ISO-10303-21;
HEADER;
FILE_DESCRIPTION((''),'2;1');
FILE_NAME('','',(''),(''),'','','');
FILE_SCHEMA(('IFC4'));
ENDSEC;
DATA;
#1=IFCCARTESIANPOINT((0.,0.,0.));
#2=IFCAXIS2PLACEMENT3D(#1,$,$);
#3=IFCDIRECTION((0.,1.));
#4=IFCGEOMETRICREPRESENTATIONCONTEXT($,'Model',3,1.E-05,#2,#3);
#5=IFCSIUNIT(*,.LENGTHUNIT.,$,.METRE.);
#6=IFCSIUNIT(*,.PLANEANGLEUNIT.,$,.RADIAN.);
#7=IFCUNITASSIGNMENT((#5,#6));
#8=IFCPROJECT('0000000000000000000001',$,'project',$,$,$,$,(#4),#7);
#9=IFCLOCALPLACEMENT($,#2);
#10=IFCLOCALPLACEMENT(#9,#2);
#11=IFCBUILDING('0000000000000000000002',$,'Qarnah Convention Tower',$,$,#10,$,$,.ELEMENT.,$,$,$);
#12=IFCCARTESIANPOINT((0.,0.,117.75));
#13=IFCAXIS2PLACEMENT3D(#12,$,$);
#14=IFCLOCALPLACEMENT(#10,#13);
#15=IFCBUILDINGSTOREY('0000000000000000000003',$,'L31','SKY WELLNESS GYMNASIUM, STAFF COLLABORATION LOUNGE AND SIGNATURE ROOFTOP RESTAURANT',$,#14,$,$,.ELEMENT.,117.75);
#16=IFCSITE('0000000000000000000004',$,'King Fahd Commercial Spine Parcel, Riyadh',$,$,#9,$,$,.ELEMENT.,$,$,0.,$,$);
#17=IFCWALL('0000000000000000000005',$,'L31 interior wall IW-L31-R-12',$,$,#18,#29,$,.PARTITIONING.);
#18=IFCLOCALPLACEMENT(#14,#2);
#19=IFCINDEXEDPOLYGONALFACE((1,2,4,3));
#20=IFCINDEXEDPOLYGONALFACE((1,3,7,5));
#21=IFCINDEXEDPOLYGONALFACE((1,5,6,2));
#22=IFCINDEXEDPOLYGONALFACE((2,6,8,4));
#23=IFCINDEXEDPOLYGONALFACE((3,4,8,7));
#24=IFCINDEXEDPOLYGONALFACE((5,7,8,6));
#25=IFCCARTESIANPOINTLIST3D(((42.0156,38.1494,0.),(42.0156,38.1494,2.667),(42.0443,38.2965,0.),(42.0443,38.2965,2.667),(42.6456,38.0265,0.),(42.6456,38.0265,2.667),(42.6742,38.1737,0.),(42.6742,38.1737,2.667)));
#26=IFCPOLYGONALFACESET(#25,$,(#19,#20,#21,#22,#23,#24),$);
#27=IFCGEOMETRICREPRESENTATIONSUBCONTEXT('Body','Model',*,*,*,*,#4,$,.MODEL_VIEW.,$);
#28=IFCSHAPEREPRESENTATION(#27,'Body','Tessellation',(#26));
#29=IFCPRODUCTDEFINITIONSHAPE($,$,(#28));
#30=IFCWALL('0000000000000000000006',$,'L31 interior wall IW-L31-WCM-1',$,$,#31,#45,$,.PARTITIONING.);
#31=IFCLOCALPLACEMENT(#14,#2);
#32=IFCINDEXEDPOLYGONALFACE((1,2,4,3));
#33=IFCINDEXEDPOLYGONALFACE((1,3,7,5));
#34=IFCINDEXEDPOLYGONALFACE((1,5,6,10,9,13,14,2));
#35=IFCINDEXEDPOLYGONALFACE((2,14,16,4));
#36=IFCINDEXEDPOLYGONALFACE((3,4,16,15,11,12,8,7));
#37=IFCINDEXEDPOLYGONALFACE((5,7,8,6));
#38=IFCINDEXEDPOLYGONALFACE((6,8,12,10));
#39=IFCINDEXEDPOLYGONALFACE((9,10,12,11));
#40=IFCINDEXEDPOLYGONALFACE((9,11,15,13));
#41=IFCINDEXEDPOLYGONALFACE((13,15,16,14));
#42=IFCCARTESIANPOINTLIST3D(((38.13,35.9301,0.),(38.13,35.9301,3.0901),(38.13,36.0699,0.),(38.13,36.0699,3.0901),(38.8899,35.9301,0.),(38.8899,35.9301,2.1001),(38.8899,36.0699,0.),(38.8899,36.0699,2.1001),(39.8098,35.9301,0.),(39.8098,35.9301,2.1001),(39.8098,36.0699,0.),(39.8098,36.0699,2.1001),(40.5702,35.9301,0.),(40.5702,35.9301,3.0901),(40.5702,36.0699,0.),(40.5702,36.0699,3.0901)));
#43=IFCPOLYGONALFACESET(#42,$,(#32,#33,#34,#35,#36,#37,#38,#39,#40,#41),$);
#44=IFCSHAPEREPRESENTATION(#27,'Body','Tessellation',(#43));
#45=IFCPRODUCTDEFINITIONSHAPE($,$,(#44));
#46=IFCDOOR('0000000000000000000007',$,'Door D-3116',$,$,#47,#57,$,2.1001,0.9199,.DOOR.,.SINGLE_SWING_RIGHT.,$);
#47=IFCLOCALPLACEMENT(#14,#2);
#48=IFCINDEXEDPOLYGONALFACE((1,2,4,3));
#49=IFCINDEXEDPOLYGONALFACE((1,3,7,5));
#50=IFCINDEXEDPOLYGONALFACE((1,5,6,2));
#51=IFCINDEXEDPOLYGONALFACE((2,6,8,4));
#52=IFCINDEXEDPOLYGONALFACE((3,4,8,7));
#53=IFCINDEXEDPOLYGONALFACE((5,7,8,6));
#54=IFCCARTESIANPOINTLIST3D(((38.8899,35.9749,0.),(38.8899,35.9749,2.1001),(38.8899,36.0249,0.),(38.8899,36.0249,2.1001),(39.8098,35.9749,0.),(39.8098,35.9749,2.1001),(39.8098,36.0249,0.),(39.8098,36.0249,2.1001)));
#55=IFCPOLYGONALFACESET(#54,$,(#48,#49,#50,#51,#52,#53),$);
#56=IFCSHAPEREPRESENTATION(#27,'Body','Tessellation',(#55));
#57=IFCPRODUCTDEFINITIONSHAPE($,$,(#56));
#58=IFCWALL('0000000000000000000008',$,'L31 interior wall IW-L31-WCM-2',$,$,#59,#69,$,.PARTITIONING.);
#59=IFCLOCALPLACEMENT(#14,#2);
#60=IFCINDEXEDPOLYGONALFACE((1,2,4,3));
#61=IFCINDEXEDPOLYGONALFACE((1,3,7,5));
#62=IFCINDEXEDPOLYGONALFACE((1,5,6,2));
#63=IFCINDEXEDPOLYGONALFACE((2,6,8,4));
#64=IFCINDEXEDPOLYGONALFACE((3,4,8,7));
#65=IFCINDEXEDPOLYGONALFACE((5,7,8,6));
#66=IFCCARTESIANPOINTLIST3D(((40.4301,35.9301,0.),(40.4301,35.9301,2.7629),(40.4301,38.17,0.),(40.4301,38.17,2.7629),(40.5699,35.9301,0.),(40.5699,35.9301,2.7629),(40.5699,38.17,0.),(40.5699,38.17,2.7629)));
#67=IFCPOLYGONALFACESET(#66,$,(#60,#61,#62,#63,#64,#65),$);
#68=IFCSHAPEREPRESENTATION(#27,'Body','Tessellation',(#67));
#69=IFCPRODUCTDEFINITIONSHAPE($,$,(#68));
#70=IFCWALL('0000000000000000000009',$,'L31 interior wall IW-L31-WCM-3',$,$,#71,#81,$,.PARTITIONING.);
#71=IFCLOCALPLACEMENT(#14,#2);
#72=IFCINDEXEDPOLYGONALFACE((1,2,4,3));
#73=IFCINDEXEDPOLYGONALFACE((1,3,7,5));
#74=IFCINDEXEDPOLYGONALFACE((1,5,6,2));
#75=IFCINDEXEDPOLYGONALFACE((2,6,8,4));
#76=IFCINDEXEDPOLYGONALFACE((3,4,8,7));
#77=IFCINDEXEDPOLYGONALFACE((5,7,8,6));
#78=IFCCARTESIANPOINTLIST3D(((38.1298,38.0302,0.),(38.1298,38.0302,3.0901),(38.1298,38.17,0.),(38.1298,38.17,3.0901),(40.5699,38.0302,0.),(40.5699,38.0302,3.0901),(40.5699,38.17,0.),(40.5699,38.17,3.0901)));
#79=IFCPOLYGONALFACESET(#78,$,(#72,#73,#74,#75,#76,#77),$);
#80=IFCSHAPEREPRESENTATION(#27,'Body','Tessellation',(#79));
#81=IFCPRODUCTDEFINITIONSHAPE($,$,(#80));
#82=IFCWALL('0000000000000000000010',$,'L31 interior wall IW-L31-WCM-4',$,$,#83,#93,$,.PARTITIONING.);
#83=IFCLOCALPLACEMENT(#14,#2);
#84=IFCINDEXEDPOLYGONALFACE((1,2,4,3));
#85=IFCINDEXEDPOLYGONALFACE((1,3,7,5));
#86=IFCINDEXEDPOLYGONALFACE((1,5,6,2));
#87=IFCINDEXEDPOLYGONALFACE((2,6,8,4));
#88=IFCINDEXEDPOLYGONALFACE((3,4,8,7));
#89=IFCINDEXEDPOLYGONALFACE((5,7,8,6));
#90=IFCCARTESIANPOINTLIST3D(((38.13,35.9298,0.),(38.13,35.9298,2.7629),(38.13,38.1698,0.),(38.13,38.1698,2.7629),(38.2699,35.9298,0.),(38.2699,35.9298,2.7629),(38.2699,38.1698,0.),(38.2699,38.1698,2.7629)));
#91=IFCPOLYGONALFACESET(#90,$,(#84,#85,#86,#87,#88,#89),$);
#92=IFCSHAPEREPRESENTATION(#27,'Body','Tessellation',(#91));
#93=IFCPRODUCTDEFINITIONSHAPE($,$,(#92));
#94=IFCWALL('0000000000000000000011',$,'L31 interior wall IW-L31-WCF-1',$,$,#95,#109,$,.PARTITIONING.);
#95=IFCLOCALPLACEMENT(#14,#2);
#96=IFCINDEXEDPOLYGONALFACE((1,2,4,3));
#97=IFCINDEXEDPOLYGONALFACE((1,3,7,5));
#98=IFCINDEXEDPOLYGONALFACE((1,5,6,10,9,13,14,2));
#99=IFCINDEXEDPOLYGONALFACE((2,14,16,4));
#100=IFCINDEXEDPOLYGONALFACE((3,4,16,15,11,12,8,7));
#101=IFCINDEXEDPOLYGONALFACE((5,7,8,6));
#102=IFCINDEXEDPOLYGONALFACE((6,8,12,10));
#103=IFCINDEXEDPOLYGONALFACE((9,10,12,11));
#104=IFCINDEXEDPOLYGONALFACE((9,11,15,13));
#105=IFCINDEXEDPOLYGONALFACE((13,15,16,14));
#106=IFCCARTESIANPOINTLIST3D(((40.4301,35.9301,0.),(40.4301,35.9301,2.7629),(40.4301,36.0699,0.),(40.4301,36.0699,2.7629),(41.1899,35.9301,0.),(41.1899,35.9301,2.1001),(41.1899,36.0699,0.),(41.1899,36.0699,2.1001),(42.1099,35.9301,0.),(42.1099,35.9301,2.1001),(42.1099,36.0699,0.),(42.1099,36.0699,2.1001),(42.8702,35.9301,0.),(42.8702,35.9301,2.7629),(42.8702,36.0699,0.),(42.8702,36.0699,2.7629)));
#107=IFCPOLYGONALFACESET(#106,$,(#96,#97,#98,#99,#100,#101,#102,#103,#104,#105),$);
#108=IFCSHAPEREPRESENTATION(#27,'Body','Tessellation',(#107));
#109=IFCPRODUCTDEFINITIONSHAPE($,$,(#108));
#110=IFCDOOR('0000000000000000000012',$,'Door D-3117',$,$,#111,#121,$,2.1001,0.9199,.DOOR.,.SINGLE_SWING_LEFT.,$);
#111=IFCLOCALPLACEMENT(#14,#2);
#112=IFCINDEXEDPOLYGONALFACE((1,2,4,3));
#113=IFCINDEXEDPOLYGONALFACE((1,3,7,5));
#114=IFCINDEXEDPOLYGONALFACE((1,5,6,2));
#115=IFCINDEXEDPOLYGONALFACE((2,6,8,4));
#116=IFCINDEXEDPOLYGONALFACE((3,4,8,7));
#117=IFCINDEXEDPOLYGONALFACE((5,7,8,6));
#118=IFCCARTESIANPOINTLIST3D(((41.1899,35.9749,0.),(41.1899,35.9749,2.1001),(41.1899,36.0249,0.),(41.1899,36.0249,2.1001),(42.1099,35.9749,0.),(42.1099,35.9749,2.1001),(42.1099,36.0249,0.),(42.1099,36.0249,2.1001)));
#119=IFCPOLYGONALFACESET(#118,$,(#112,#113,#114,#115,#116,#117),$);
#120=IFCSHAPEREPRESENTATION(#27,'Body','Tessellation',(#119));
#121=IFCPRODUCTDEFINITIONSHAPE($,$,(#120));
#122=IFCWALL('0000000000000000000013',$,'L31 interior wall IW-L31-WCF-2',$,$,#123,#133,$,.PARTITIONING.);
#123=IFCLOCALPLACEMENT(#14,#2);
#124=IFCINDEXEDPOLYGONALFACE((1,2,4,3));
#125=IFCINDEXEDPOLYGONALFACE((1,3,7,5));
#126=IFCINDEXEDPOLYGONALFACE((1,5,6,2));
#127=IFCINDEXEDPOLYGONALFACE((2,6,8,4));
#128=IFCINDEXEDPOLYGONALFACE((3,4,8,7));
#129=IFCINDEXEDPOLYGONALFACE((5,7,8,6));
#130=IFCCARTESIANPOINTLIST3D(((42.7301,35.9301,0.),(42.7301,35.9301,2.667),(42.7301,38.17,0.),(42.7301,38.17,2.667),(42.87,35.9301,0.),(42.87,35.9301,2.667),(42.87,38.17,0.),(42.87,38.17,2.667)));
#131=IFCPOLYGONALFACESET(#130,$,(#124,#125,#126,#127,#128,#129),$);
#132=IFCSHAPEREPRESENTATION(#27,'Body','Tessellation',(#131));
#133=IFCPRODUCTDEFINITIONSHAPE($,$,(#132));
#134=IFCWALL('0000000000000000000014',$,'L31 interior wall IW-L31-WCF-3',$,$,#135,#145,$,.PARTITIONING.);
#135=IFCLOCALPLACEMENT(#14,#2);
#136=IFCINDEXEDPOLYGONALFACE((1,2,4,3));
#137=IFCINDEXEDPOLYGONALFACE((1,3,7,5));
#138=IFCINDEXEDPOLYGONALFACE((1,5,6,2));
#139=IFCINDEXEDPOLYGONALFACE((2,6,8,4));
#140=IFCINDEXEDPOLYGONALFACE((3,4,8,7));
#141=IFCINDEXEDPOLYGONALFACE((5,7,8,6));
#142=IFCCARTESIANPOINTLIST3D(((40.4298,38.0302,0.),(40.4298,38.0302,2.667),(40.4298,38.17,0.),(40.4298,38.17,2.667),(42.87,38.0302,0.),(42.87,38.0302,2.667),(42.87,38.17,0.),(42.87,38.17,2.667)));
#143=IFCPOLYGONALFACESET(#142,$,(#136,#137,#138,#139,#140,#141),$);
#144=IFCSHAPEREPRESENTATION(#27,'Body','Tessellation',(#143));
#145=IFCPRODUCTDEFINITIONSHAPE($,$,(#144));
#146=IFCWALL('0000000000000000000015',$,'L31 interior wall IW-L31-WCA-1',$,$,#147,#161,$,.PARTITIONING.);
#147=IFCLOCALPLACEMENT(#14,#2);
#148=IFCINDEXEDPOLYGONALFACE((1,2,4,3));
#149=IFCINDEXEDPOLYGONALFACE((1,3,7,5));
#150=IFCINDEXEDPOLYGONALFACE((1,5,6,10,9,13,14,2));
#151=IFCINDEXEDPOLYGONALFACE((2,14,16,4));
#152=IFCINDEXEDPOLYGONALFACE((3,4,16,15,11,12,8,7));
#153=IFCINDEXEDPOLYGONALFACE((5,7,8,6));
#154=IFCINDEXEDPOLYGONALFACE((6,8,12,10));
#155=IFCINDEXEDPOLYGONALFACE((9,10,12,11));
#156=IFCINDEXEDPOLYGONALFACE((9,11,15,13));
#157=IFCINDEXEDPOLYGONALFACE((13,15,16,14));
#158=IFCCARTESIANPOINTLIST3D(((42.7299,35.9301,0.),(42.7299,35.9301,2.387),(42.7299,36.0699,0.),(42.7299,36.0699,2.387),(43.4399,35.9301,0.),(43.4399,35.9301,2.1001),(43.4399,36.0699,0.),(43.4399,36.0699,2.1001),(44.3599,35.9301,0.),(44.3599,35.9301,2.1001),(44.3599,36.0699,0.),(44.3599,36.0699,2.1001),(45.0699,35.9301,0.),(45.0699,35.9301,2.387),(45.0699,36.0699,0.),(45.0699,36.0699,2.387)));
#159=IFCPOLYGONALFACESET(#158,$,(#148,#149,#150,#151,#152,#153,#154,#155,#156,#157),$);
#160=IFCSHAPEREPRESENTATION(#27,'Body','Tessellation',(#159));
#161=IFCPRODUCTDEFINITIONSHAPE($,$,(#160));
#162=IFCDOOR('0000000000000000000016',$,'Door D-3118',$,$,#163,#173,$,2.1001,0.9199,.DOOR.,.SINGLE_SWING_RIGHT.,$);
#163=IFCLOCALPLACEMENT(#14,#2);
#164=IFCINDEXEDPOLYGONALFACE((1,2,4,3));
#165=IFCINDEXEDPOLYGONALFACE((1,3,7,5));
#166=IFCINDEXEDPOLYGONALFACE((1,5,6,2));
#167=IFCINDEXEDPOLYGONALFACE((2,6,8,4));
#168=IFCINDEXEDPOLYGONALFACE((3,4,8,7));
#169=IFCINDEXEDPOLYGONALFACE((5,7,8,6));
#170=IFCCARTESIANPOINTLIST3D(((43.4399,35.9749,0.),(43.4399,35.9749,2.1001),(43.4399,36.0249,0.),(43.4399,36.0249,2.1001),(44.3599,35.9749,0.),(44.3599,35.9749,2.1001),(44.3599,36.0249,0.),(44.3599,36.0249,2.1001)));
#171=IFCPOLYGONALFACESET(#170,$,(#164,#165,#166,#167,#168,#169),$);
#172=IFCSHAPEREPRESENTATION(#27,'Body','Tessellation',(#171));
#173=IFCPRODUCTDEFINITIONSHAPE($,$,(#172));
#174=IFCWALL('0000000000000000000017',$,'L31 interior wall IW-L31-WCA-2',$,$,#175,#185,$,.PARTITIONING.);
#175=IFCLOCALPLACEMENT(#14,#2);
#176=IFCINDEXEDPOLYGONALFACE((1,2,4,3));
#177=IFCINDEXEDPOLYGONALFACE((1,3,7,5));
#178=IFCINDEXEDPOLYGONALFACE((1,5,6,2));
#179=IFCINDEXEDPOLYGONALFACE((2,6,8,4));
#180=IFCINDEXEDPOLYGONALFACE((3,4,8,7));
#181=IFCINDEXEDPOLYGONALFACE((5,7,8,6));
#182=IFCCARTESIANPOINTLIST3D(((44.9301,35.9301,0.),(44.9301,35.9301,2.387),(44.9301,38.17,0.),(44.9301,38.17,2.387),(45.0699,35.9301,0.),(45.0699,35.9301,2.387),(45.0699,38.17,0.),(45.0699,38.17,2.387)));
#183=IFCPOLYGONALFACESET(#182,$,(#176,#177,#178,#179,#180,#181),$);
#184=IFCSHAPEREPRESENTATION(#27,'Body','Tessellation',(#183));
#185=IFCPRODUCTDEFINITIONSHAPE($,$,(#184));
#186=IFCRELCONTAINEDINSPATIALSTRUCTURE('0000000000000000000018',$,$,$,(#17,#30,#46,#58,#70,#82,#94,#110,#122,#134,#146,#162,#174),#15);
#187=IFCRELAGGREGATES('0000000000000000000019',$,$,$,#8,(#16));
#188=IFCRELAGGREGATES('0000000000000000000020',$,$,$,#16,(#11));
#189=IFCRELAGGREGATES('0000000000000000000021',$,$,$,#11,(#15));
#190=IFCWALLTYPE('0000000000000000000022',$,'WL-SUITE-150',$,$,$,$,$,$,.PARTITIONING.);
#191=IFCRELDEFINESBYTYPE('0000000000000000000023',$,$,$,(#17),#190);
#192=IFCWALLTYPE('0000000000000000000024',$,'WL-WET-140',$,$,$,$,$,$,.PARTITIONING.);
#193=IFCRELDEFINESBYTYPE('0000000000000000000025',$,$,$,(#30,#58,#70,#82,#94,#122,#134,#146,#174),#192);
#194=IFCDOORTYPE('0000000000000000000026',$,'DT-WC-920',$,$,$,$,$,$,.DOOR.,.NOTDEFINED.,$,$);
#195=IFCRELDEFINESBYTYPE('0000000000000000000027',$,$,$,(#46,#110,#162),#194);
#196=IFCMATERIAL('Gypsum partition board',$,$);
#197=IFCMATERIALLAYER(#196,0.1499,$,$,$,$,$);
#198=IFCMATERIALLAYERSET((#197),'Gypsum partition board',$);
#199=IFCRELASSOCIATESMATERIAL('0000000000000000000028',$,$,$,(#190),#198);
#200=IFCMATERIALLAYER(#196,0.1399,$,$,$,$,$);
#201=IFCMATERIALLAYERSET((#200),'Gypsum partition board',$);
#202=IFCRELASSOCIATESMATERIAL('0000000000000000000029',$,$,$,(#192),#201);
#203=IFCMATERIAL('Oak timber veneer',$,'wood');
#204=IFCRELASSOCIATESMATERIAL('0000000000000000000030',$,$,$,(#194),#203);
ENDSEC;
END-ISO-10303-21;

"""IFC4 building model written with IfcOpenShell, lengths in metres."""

from ifc_helpers import new_model, si_unit, direction, frame, frame_2d, origin, place, context, subcontext, project, spatial, rectangle, extrude, material, layer, layer_set, type_object, element, fill, save


model = new_model("IFC4")

# Units and contexts
model_context = context("Model", 3, precision=1e-05, world=origin(), true_north=direction((0.0, 1.0)))
body_context = subcontext(model_context, "Body", "Model", "MODEL_VIEW")
ifc_project = project(units=[si_unit("LENGTHUNIT", "METRE"), si_unit("PLANEANGLEUNIT", "RADIAN")], contexts=[model_context])

# Site, building, storey
site_placement = place(None, origin())
site = spatial("IfcSite", under=ifc_project, at=site_placement, Name="King Fahd Commercial Spine Parcel, Riyadh", CompositionType="ELEMENT", RefElevation=0.0)
building_placement = place(site_placement, origin())
building = spatial("IfcBuilding", under=site, at=building_placement, Name="Qarnah Convention Tower", CompositionType="ELEMENT")
storey_placement = place(building_placement, frame((0.0, 0.0, 117.75)))
storey = spatial("IfcBuildingStorey", under=building, at=storey_placement, Name="L31", Description="SKY WELLNESS GYMNASIUM, STAFF COLLABORATION LOUNGE AND SIGNATURE ROOFTOP RESTAURANT", CompositionType="ELEMENT", Elevation=117.75)

# Wall
ifc_material_1 = material(Name="Gypsum partition board")
ifc_layer_1 = layer(ifc_material_1, 0.1499)
ifc_layer_set_1 = layer_set([ifc_layer_1], Name="Gypsum partition board")
wall_type_1 = type_object("IfcWallType", Name="WL-SUITE-150", PredefinedType="PARTITIONING", material=ifc_layer_set_1)
wall_1_placement = place(storey_placement, frame((42.03, 38.2229, 0.0), z_axis=(0.0, 0.0, 1.0), x_axis=(0.98152, -0.191358, 0.0)))
element("IfcWall", 1, at=wall_1_placement, inside=storey, type_object=wall_type_1, Name="L31 interior wall IW-L31-R-12", PredefinedType="PARTITIONING", context=body_context, shape_type="SweptSolid", body=[
    extrude(rectangle(XDim=0.6418, YDim=0.1499, at=frame_2d((0.3208, 0.0))), origin(), (0.0, 0.0, 1.0), 2.667),
])

# Wall, opening, door
ifc_layer_2 = layer(ifc_material_1, 0.1399)
ifc_layer_set_2 = layer_set([ifc_layer_2], Name="Gypsum partition board")
wall_type_2 = type_object("IfcWallType", Name="WL-WET-140", PredefinedType="PARTITIONING", material=ifc_layer_set_2)
wall_2_placement = place(storey_placement, frame((38.1299, 36.0, 0.0), z_axis=(0.0, 0.0, 1.0), x_axis=(1.0, 0.0, 0.0)))
wall_2 = element("IfcWall", 2, at=wall_2_placement, inside=storey, type_object=wall_type_2, Name="L31 interior wall IW-L31-WCM-1", PredefinedType="PARTITIONING", context=body_context, shape_type="SweptSolid", body=[
    extrude(rectangle(XDim=2.4402, YDim=0.1399, at=frame_2d((1.2202, 0.0))), origin(), (0.0, 0.0, 1.0), 3.0901),
])
opening_1_placement = place(wall_2_placement, frame((0.76, 0.0, 0.0)))
opening_1 = element("IfcOpeningElement", 3, at=opening_1_placement, cuts=wall_2, PredefinedType="OPENING", context=body_context, shape_type="SweptSolid", body=[
    extrude(rectangle(XDim=0.9199, YDim=2.1001, at=frame_2d((0.46, 1.05))), frame((0.0, 0.0798, 0.0), z_axis=(0.0, -1.0, 0.0), x_axis=(1.0, 0.0, 0.0)), (0.0, 0.0, 1.0), 0.1599),
])
ifc_material_2 = material(Name="Oak timber veneer", Category="wood")
door_type_1 = type_object("IfcDoorType", Name="DT-WC-920", OperationType="NOTDEFINED", PredefinedType="DOOR", material=ifc_material_2)
door_1_placement = place(opening_1_placement, origin())
door_1 = element("IfcDoor", 4, at=door_1_placement, inside=storey, type_object=door_type_1, Name="Door D-3116", OperationType="SINGLE_SWING_RIGHT", OverallHeight=2.1001, OverallWidth=0.9199, PredefinedType="DOOR", context=body_context, shape_type="SweptSolid", body=[
    extrude(rectangle(XDim=0.9199, YDim=2.1001, at=frame_2d((0.46, 1.05))), frame((0.0, 0.0249, 0.0), z_axis=(0.0, -1.0, 0.0), x_axis=(1.0, 0.0, 0.0)), (0.0, 0.0, 1.0), 0.05),
])
fill(opening_1, door_1)

# Walls
wall_3_placement = place(storey_placement, frame((40.5, 35.9299, 0.0), z_axis=(0.0, 0.0, 1.0), x_axis=(0.0, 1.0, 0.0)))
element("IfcWall", 5, at=wall_3_placement, inside=storey, type_object=wall_type_2, Name="L31 interior wall IW-L31-WCM-2", PredefinedType="PARTITIONING", context=body_context, shape_type="SweptSolid", body=[
    extrude(rectangle(XDim=2.24, YDim=0.1399, at=frame_2d((1.1201, 0.0))), origin(), (0.0, 0.0, 1.0), 2.7629),
])
wall_4_placement = place(storey_placement, frame((40.5701, 38.1001, 0.0), z_axis=(0.0, 0.0, 1.0), x_axis=(-1.0, 0.0, 0.0)))
element("IfcWall", 6, at=wall_4_placement, inside=storey, type_object=wall_type_2, Name="L31 interior wall IW-L31-WCM-3", PredefinedType="PARTITIONING", context=body_context, shape_type="SweptSolid", body=[
    extrude(rectangle(XDim=2.4402, YDim=0.1399, at=frame_2d((1.2202, 0.0))), origin(), (0.0, 0.0, 1.0), 3.0901),
])
wall_5_placement = place(storey_placement, frame((38.2, 38.1699, 0.0), z_axis=(0.0, 0.0, 1.0), x_axis=(0.0, -1.0, 0.0)))
element("IfcWall", 7, at=wall_5_placement, inside=storey, type_object=wall_type_2, Name="L31 interior wall IW-L31-WCM-4", PredefinedType="PARTITIONING", context=body_context, shape_type="SweptSolid", body=[
    extrude(rectangle(XDim=2.24, YDim=0.1399, at=frame_2d((1.1201, 0.0))), origin(), (0.0, 0.0, 1.0), 2.7629),
])

# Wall, opening, door
wall_6_placement = place(storey_placement, frame((40.4299, 36.0, 0.0), z_axis=(0.0, 0.0, 1.0), x_axis=(1.0, 0.0, 0.0)))
wall_6 = element("IfcWall", 8, at=wall_6_placement, inside=storey, type_object=wall_type_2, Name="L31 interior wall IW-L31-WCF-1", PredefinedType="PARTITIONING", context=body_context, shape_type="SweptSolid", body=[
    extrude(rectangle(XDim=2.4402, YDim=0.1399, at=frame_2d((1.2202, 0.0))), origin(), (0.0, 0.0, 1.0), 2.7629),
])
opening_2_placement = place(wall_6_placement, frame((0.76, 0.0, 0.0)))
opening_2 = element("IfcOpeningElement", 9, at=opening_2_placement, cuts=wall_6, PredefinedType="OPENING", context=body_context, shape_type="SweptSolid", body=[
    extrude(rectangle(XDim=0.9199, YDim=2.1001, at=frame_2d((0.46, 1.05))), frame((0.0, 0.0798, 0.0), z_axis=(0.0, -1.0, 0.0), x_axis=(1.0, 0.0, 0.0)), (0.0, 0.0, 1.0), 0.1599),
])
door_2_placement = place(opening_2_placement, origin())
door_2 = element("IfcDoor", 10, at=door_2_placement, inside=storey, type_object=door_type_1, Name="Door D-3117", OperationType="SINGLE_SWING_LEFT", OverallHeight=2.1001, OverallWidth=0.9199, PredefinedType="DOOR", context=body_context, shape_type="SweptSolid", body=[
    extrude(rectangle(XDim=0.9199, YDim=2.1001, at=frame_2d((0.46, 1.05))), frame((0.0, 0.0249, 0.0), z_axis=(0.0, -1.0, 0.0), x_axis=(1.0, 0.0, 0.0)), (0.0, 0.0, 1.0), 0.05),
])
fill(opening_2, door_2)

# Walls
wall_7_placement = place(storey_placement, frame((42.8, 35.9299, 0.0), z_axis=(0.0, 0.0, 1.0), x_axis=(0.0, 1.0, 0.0)))
element("IfcWall", 11, at=wall_7_placement, inside=storey, type_object=wall_type_2, Name="L31 interior wall IW-L31-WCF-2", PredefinedType="PARTITIONING", context=body_context, shape_type="SweptSolid", body=[
    extrude(rectangle(XDim=2.24, YDim=0.1399, at=frame_2d((1.1201, 0.0))), origin(), (0.0, 0.0, 1.0), 2.667),
])
wall_8_placement = place(storey_placement, frame((42.8701, 38.1001, 0.0), z_axis=(0.0, 0.0, 1.0), x_axis=(-1.0, 0.0, 0.0)))
element("IfcWall", 12, at=wall_8_placement, inside=storey, type_object=wall_type_2, Name="L31 interior wall IW-L31-WCF-3", PredefinedType="PARTITIONING", context=body_context, shape_type="SweptSolid", body=[
    extrude(rectangle(XDim=2.4402, YDim=0.1399, at=frame_2d((1.2202, 0.0))), origin(), (0.0, 0.0, 1.0), 2.667),
])

# Wall, opening, door
wall_9_placement = place(storey_placement, frame((42.73, 36.0, 0.0), z_axis=(0.0, 0.0, 1.0), x_axis=(1.0, 0.0, 0.0)))
wall_9 = element("IfcWall", 13, at=wall_9_placement, inside=storey, type_object=wall_type_2, Name="L31 interior wall IW-L31-WCA-1", PredefinedType="PARTITIONING", context=body_context, shape_type="SweptSolid", body=[
    extrude(rectangle(XDim=2.3401, YDim=0.1399, at=frame_2d((1.1699, 0.0))), origin(), (0.0, 0.0, 1.0), 2.387),
])
opening_3_placement = place(wall_9_placement, frame((0.71, 0.0, 0.0)))
opening_3 = element("IfcOpeningElement", 14, at=opening_3_placement, cuts=wall_9, PredefinedType="OPENING", context=body_context, shape_type="SweptSolid", body=[
    extrude(rectangle(XDim=0.9199, YDim=2.1001, at=frame_2d((0.46, 1.05))), frame((0.0, 0.0798, 0.0), z_axis=(0.0, -1.0, 0.0), x_axis=(1.0, 0.0, 0.0)), (0.0, 0.0, 1.0), 0.1599),
])
door_3_placement = place(opening_3_placement, origin())
door_3 = element("IfcDoor", 15, at=door_3_placement, inside=storey, type_object=door_type_1, Name="Door D-3118", OperationType="SINGLE_SWING_RIGHT", OverallHeight=2.1001, OverallWidth=0.9199, PredefinedType="DOOR", context=body_context, shape_type="SweptSolid", body=[
    extrude(rectangle(XDim=0.9199, YDim=2.1001, at=frame_2d((0.46, 1.05))), frame((0.0, 0.0249, 0.0), z_axis=(0.0, -1.0, 0.0), x_axis=(1.0, 0.0, 0.0)), (0.0, 0.0, 1.0), 0.05),
])
fill(opening_3, door_3)

# Wall
wall_10_placement = place(storey_placement, frame((45.0, 35.9299, 0.0), z_axis=(0.0, 0.0, 1.0), x_axis=(0.0, 1.0, 0.0)))
element("IfcWall", 16, at=wall_10_placement, inside=storey, type_object=wall_type_2, Name="L31 interior wall IW-L31-WCA-2", PredefinedType="PARTITIONING", context=body_context, shape_type="SweptSolid", body=[
    extrude(rectangle(XDim=2.24, YDim=0.1399, at=frame_2d((1.1201, 0.0))), origin(), (0.0, 0.0, 1.0), 2.387),
])

save(model, "model.ifc")
